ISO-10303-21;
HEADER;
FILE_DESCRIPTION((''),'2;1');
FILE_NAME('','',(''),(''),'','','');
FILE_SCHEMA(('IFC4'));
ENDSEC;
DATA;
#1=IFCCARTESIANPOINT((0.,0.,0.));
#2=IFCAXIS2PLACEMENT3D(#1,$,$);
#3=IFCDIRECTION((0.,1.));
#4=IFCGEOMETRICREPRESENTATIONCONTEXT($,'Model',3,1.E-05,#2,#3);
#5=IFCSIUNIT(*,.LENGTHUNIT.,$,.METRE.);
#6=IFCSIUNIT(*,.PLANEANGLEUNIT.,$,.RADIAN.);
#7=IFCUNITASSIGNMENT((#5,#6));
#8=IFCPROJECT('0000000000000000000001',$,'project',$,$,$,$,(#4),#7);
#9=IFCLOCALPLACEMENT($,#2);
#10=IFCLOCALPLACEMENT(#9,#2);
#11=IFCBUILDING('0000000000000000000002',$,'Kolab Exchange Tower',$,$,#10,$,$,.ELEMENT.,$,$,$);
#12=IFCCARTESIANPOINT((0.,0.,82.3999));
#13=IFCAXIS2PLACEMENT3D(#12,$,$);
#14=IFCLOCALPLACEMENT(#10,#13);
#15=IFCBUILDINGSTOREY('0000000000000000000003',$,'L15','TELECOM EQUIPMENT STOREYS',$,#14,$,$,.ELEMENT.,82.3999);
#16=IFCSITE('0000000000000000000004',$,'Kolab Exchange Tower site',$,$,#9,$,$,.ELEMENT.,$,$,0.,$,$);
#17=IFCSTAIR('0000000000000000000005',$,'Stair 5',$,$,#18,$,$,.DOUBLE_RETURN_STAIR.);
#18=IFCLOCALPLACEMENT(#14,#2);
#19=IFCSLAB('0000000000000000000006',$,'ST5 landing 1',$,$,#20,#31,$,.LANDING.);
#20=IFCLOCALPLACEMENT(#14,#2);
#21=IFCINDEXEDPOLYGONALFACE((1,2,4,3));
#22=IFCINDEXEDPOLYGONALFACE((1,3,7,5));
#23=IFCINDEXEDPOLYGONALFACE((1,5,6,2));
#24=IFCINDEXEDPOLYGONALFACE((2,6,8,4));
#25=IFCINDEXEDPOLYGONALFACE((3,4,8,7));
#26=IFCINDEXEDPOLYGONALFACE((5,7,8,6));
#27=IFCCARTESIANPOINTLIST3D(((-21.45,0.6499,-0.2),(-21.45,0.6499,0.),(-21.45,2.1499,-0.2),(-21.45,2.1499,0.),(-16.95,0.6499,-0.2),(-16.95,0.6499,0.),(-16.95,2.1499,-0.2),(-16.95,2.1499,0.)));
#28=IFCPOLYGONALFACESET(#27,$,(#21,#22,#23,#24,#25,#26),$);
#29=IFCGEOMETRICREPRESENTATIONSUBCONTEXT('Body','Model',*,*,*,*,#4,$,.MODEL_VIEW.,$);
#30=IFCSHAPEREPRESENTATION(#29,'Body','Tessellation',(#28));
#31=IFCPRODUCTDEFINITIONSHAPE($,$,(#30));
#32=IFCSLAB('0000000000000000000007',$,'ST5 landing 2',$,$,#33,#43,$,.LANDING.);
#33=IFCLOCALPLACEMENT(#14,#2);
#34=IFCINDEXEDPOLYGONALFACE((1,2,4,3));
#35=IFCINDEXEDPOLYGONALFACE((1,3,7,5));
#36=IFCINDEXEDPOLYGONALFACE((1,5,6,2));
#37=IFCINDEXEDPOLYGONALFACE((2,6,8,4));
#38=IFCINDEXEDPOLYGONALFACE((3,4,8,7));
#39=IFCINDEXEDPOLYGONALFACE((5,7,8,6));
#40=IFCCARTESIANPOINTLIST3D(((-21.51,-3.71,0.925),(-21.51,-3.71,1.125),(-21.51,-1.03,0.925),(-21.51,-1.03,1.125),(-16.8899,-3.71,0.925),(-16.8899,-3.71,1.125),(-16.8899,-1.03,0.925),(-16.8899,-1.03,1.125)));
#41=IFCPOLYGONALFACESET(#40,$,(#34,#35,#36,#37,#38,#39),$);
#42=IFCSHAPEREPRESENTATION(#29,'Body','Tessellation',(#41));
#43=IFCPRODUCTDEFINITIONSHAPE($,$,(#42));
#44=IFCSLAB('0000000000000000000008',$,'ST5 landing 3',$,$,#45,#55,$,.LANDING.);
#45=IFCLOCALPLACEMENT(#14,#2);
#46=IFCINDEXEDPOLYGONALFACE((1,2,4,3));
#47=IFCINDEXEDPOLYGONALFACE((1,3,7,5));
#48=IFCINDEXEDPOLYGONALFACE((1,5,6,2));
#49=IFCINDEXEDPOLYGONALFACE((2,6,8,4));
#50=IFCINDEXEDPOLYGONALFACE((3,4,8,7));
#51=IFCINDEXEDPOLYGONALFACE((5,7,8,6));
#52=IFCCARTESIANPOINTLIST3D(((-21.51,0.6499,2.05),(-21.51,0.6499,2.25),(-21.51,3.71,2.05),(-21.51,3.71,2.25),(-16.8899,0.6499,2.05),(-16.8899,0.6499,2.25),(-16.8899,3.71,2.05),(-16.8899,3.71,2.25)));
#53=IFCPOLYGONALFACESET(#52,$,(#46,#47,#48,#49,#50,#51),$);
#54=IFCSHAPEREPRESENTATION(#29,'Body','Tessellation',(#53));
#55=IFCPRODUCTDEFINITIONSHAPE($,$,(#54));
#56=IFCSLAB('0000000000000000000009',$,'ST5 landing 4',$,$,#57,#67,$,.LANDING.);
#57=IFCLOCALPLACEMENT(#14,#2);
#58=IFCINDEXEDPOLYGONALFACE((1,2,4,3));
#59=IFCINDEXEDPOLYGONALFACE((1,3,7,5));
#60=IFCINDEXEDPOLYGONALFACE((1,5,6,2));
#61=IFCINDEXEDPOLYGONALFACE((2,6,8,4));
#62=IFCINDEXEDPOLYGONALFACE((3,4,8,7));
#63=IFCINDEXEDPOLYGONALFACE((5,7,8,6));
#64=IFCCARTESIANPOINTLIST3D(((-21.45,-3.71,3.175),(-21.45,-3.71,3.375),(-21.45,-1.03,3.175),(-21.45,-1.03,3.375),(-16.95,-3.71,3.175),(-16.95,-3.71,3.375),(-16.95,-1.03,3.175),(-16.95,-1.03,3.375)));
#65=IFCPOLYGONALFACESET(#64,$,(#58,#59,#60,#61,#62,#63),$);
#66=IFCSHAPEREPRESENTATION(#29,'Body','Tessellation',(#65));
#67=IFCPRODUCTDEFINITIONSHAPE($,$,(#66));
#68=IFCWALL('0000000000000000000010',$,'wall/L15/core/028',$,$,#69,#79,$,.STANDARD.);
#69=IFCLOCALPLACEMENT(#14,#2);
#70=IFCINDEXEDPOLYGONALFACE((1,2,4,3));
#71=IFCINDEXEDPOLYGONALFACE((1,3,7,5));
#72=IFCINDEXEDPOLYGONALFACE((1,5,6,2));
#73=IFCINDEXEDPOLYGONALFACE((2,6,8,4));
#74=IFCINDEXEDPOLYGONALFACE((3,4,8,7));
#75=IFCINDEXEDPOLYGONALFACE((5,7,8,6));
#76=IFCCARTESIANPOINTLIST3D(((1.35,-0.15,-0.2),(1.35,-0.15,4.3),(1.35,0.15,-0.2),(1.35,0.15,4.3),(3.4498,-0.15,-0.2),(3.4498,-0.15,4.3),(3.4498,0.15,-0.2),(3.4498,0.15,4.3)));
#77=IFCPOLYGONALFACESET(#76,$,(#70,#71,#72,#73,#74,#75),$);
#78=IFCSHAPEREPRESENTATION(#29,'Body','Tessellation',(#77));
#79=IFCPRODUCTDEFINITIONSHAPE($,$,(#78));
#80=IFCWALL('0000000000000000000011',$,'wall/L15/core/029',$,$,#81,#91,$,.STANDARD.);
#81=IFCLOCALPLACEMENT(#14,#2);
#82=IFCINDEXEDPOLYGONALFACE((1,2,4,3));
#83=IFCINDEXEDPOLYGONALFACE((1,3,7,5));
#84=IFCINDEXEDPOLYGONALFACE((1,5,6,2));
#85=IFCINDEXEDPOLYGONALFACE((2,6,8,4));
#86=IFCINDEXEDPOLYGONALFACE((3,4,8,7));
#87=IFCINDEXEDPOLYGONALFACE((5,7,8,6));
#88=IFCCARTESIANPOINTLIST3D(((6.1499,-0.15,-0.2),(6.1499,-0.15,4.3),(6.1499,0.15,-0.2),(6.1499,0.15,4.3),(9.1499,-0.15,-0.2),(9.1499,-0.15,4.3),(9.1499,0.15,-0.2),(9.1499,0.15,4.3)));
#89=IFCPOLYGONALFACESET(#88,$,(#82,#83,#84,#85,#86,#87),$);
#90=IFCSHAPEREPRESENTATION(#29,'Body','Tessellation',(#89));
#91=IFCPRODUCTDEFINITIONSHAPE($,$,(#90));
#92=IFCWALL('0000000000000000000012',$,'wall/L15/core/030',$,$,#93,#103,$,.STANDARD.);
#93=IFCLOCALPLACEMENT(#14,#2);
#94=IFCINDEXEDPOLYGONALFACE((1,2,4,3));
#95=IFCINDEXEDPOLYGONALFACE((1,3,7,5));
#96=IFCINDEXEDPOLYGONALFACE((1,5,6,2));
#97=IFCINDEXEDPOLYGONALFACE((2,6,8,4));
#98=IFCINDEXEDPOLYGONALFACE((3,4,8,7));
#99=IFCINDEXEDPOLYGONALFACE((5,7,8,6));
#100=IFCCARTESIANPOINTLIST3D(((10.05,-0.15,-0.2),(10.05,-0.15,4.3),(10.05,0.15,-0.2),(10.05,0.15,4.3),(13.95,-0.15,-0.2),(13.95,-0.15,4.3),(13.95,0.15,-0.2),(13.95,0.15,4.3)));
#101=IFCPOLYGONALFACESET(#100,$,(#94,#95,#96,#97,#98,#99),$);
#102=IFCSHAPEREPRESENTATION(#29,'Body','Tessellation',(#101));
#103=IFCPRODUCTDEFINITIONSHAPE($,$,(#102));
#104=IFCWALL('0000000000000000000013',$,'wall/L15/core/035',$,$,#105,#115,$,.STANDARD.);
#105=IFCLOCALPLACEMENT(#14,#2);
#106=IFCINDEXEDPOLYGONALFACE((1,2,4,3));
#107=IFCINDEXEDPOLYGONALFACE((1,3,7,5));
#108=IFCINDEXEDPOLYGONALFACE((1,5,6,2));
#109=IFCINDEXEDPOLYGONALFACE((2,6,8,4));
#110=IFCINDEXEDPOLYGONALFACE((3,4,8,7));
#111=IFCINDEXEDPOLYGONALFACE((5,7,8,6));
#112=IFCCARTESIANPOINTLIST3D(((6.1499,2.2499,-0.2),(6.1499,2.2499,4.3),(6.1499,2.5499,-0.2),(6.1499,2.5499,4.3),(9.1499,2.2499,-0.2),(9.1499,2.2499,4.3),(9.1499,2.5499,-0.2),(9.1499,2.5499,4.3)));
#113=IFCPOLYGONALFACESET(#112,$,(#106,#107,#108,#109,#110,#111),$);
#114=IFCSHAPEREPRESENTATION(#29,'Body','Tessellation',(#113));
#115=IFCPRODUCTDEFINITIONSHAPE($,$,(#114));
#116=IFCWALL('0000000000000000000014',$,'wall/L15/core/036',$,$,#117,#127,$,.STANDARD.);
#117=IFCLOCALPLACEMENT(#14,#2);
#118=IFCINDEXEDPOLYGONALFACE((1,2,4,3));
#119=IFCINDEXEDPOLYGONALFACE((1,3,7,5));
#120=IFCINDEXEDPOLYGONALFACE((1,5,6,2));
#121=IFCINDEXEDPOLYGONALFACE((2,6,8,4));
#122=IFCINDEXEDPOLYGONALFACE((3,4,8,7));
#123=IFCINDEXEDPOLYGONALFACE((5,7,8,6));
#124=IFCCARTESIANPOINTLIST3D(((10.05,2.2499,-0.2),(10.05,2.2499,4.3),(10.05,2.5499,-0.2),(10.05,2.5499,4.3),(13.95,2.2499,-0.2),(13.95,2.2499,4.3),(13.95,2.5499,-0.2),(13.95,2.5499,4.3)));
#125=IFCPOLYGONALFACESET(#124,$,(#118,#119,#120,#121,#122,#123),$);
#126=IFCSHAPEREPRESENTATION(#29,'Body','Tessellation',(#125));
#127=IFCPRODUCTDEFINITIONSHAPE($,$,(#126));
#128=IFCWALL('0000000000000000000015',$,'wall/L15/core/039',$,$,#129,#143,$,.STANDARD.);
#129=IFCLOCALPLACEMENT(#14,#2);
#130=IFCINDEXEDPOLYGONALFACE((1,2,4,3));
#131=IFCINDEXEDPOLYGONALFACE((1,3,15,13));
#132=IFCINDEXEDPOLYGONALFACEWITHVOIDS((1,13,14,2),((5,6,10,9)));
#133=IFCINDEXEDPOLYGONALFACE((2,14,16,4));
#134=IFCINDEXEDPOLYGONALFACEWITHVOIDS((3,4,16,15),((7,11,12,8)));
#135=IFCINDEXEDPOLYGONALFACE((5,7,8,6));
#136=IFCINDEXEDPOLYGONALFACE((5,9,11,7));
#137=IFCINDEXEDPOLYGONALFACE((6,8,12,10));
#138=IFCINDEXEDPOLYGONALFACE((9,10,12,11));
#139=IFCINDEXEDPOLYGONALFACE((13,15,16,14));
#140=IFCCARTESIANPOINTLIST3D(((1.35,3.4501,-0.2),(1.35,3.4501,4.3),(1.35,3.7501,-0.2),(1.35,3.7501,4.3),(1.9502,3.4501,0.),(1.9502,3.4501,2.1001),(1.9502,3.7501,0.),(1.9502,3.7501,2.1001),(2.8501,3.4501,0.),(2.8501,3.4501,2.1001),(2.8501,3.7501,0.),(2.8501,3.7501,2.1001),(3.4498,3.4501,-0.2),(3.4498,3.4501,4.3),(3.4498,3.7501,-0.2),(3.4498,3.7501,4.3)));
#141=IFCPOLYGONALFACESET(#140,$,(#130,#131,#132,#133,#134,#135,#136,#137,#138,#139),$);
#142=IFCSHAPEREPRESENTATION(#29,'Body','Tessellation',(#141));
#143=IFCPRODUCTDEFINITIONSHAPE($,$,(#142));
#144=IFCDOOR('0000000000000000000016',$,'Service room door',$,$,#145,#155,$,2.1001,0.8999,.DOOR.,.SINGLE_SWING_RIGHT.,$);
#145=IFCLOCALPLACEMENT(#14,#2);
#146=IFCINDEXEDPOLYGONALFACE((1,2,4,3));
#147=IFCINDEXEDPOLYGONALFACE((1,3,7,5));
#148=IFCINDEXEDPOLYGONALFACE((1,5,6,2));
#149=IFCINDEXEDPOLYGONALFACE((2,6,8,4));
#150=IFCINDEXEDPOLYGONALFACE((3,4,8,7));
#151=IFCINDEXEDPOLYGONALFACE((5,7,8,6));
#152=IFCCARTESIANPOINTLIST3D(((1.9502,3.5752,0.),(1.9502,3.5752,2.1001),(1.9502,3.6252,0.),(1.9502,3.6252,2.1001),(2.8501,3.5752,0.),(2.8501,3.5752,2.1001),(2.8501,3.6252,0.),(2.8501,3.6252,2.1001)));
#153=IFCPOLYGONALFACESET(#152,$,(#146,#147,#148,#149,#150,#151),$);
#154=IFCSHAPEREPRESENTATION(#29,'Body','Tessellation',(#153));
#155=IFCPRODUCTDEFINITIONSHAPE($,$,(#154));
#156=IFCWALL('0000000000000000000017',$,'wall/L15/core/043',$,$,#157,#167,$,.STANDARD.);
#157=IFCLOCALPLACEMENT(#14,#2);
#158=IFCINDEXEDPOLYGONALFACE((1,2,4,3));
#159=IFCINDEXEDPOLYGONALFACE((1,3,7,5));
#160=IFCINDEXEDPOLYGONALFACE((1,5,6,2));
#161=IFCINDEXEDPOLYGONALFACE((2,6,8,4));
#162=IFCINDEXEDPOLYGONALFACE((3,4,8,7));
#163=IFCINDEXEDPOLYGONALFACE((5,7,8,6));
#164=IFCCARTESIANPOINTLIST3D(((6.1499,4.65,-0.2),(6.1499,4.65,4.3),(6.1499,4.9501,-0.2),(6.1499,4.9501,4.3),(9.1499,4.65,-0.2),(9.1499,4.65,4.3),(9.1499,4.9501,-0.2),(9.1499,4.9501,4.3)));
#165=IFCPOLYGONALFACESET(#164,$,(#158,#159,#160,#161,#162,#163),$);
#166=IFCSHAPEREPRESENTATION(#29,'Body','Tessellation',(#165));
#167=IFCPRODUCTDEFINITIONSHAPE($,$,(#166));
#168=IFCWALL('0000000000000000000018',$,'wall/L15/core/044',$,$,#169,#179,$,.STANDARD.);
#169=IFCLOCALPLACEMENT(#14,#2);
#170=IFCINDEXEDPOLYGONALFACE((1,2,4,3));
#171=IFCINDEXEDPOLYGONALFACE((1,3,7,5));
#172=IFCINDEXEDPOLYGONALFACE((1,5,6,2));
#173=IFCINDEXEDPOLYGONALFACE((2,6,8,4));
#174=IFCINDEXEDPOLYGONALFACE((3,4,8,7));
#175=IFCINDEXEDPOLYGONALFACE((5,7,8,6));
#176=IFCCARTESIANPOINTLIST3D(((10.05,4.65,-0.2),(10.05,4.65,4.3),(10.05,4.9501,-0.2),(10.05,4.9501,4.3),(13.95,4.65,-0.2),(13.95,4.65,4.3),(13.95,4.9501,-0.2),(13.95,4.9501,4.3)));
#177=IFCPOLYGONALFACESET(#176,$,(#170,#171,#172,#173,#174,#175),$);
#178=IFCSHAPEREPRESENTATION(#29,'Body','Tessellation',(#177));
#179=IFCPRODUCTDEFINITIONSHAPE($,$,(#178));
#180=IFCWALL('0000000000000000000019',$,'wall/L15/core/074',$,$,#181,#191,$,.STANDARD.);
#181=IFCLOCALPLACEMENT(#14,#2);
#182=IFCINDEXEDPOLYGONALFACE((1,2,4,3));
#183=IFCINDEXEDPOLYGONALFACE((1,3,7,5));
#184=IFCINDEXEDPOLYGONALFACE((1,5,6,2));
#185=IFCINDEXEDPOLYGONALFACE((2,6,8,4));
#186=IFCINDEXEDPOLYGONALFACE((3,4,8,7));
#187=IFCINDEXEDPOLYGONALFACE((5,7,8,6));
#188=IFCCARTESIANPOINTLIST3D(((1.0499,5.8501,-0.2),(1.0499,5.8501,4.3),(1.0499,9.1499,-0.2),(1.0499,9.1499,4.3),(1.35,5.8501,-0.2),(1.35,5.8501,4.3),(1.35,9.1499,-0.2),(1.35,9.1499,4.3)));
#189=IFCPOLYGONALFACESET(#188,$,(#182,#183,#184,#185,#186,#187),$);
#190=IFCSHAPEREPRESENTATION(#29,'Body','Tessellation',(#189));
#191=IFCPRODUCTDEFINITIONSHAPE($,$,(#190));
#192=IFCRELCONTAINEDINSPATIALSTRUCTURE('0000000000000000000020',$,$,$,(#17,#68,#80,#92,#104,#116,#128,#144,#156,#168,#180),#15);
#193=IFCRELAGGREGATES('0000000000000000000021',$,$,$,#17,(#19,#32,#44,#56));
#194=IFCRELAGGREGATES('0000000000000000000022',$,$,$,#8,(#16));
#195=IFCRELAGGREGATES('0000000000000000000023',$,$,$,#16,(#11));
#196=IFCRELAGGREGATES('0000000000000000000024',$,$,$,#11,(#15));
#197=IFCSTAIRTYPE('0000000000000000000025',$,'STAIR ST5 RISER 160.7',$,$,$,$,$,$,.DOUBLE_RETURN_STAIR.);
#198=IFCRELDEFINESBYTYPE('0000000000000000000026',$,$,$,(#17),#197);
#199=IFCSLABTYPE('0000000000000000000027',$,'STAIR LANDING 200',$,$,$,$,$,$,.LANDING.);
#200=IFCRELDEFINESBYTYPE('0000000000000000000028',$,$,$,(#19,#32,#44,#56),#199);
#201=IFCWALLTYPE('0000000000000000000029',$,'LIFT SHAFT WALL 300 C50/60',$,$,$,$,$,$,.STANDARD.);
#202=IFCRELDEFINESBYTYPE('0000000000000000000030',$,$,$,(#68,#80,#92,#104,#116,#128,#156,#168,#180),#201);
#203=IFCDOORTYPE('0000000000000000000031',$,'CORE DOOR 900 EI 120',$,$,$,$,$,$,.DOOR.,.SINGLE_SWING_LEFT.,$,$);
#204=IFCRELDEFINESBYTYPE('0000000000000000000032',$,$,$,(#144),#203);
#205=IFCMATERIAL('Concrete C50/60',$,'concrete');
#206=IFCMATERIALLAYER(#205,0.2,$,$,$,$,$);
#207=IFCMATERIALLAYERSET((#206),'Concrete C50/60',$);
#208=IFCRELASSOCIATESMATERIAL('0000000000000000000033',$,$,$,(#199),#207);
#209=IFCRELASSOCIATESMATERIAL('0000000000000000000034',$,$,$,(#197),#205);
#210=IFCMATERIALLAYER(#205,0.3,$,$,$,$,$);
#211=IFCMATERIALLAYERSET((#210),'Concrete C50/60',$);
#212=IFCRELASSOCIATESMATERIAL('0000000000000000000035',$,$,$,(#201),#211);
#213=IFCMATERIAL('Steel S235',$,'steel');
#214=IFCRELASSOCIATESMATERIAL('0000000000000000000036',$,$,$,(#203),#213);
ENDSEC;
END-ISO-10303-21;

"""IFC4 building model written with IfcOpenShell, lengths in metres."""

from ifc_helpers import new_model, si_unit, direction, frame, frame_2d, origin, place, context, subcontext, project, spatial, polyline, rectangle, outline, extrude, material, layer, layer_set, type_object, element, fill, aggregate, save


model = new_model("IFC4")

# Units and contexts
model_context = context("Model", 3, precision=1e-05, world=origin(), true_north=direction((0.0, 1.0)))
body_context = subcontext(model_context, "Body", "Model", "MODEL_VIEW")
ifc_project = project(units=[si_unit("LENGTHUNIT", "METRE"), si_unit("PLANEANGLEUNIT", "RADIAN")], contexts=[model_context])

# Site, building, storey
site_placement = place(None, origin())
site = spatial("IfcSite", under=ifc_project, at=site_placement, Name="Kolab Exchange Tower site", CompositionType="ELEMENT", RefElevation=0.0)
building_placement = place(site_placement, origin())
building = spatial("IfcBuilding", under=site, at=building_placement, Name="Kolab Exchange Tower", CompositionType="ELEMENT")
storey_placement = place(building_placement, frame((0.0, 0.0, 82.3999)))
storey = spatial("IfcBuildingStorey", under=building, at=storey_placement, Name="L15", Description="TELECOM EQUIPMENT STOREYS", CompositionType="ELEMENT", Elevation=82.3999)

# Stair, slabs
ifc_material_1 = material(Name="Concrete C50/60", Category="concrete")
ifc_layer_1 = layer(ifc_material_1, 0.2)
ifc_layer_set_1 = layer_set([ifc_layer_1], Name="Concrete C50/60")
slab_type_1 = type_object("IfcSlabType", Name="STAIR LANDING 200", PredefinedType="LANDING", material=ifc_layer_set_1)
stair_type_1 = type_object("IfcStairType", Name="STAIR ST5 RISER 160.7", PredefinedType="DOUBLE_RETURN_STAIR", material=ifc_material_1)
stair_1_placement = place(storey_placement, origin())
stair_1 = element("IfcStair", 1, at=stair_1_placement, inside=storey, type_object=stair_type_1, Name="Stair 5", PredefinedType="DOUBLE_RETURN_STAIR")
slab_1_placement = place(storey_placement, frame((0.0, 0.0, -0.2)))
slab_1 = element("IfcSlab", 2, at=slab_1_placement, type_object=slab_type_1, Name="ST5 landing 1", PredefinedType="LANDING", context=body_context, shape_type="SweptSolid", body=[
    extrude(outline(polyline([(-21.45, 0.6499), (-16.95, 0.6499), (-16.95, 2.1499), (-21.45, 2.1499), (-21.45, 0.6499)])), origin(), (0.0, 0.0, 1.0), 0.2),
])
slab_2_placement = place(storey_placement, frame((0.0, 0.0, 0.925)))
slab_2 = element("IfcSlab", 3, at=slab_2_placement, type_object=slab_type_1, Name="ST5 landing 2", PredefinedType="LANDING", context=body_context, shape_type="SweptSolid", body=[
    extrude(outline(polyline([(-21.51, -3.71), (-16.8899, -3.71), (-16.8899, -1.03), (-21.51, -1.03), (-21.51, -3.71)])), origin(), (0.0, 0.0, 1.0), 0.2),
])
slab_3_placement = place(storey_placement, frame((0.0, 0.0, 2.05)))
slab_3 = element("IfcSlab", 4, at=slab_3_placement, type_object=slab_type_1, Name="ST5 landing 3", PredefinedType="LANDING", context=body_context, shape_type="SweptSolid", body=[
    extrude(outline(polyline([(-21.51, 0.6499), (-16.8899, 0.6499), (-16.8899, 3.71), (-21.51, 3.71), (-21.51, 0.6499)])), origin(), (0.0, 0.0, 1.0), 0.2),
])
slab_4_placement = place(storey_placement, frame((0.0, 0.0, 3.175)))
slab_4 = element("IfcSlab", 5, at=slab_4_placement, type_object=slab_type_1, Name="ST5 landing 4", PredefinedType="LANDING", context=body_context, shape_type="SweptSolid", body=[
    extrude(outline(polyline([(-21.45, -3.71), (-16.95, -3.71), (-16.95, -1.03), (-21.45, -1.03), (-21.45, -3.71)])), origin(), (0.0, 0.0, 1.0), 0.2),
])
aggregate(stair_1, [slab_1, slab_2, slab_3, slab_4])

# Walls
ifc_layer_2 = layer(ifc_material_1, 0.3)
ifc_layer_set_2 = layer_set([ifc_layer_2], Name="Concrete C50/60")
wall_type = type_object("IfcWallType", Name="LIFT SHAFT WALL 300 C50/60", PredefinedType="STANDARD", material=ifc_layer_set_2)
wall_1_placement = place(storey_placement, frame((1.3501, 0.0, -0.2), z_axis=(0.0, 0.0, 1.0), x_axis=(1.0, 0.0, 0.0)))
element("IfcWall", 6, at=wall_1_placement, inside=storey, type_object=wall_type, Name="wall/L15/core/028", PredefinedType="STANDARD", context=body_context, shape_type="SweptSolid", body=[
    extrude(rectangle(XDim=2.0999, YDim=0.3, at=frame_2d((1.0498, 0.0))), origin(), (0.0, 0.0, 1.0), 4.5),
])
wall_2_placement = place(storey_placement, frame((6.1499, 0.0, -0.2), z_axis=(0.0, 0.0, 1.0), x_axis=(1.0, 0.0, 0.0)))
element("IfcWall", 7, at=wall_2_placement, inside=storey, type_object=wall_type, Name="wall/L15/core/029", PredefinedType="STANDARD", context=body_context, shape_type="SweptSolid", body=[
    extrude(rectangle(XDim=3.0, YDim=0.3, at=frame_2d((1.5, 0.0))), origin(), (0.0, 0.0, 1.0), 4.5),
])
wall_3_placement = place(storey_placement, frame((10.05, 0.0, -0.2), z_axis=(0.0, 0.0, 1.0), x_axis=(1.0, 0.0, 0.0)))
element("IfcWall", 8, at=wall_3_placement, inside=storey, type_object=wall_type, Name="wall/L15/core/030", PredefinedType="STANDARD", context=body_context, shape_type="SweptSolid", body=[
    extrude(rectangle(XDim=3.8999, YDim=0.3, at=frame_2d((1.95, 0.0))), origin(), (0.0, 0.0, 1.0), 4.5),
])
wall_4_placement = place(storey_placement, frame((6.1499, 2.3999, -0.2), z_axis=(0.0, 0.0, 1.0), x_axis=(1.0, 0.0, 0.0)))
element("IfcWall", 9, at=wall_4_placement, inside=storey, type_object=wall_type, Name="wall/L15/core/035", PredefinedType="STANDARD", context=body_context, shape_type="SweptSolid", body=[
    extrude(rectangle(XDim=3.0, YDim=0.3, at=frame_2d((1.5, 0.0))), origin(), (0.0, 0.0, 1.0), 4.5),
])
wall_5_placement = place(storey_placement, frame((10.05, 2.3999, -0.2), z_axis=(0.0, 0.0, 1.0), x_axis=(1.0, 0.0, 0.0)))
element("IfcWall", 10, at=wall_5_placement, inside=storey, type_object=wall_type, Name="wall/L15/core/036", PredefinedType="STANDARD", context=body_context, shape_type="SweptSolid", body=[
    extrude(rectangle(XDim=3.8999, YDim=0.3, at=frame_2d((1.95, 0.0))), origin(), (0.0, 0.0, 1.0), 4.5),
])

# Wall, opening, door
wall_6_placement = place(storey_placement, frame((1.3501, 3.6001, -0.2), z_axis=(0.0, 0.0, 1.0), x_axis=(1.0, 0.0, 0.0)))
wall_6 = element("IfcWall", 11, at=wall_6_placement, inside=storey, type_object=wall_type, Name="wall/L15/core/039", PredefinedType="STANDARD", context=body_context, shape_type="SweptSolid", body=[
    extrude(rectangle(XDim=2.0999, YDim=0.3, at=frame_2d((1.0498, 0.0))), origin(), (0.0, 0.0, 1.0), 4.5),
])
opening_placement = place(wall_6_placement, frame((0.6001, 0.0, 0.2)))
opening = element("IfcOpeningElement", 12, at=opening_placement, cuts=wall_6, PredefinedType="OPENING", context=body_context, shape_type="SweptSolid", body=[
    extrude(rectangle(XDim=0.8999, YDim=2.1001, at=frame_2d((0.45, 1.05))), frame((0.0, 0.1602, 0.0), z_axis=(0.0, -1.0, 0.0), x_axis=(1.0, 0.0, 0.0)), (0.0, 0.0, 1.0), 0.3201),
])
ifc_material_2 = material(Name="Steel S235", Category="steel")
door_type = type_object("IfcDoorType", Name="CORE DOOR 900 EI 120", OperationType="SINGLE_SWING_LEFT", PredefinedType="DOOR", material=ifc_material_2)
door_placement = place(opening_placement, frame((0.8999, 0.0, 0.0), z_axis=(0.0, 0.0, 1.0), x_axis=(-1.0, 0.0, 0.0)))
door = element("IfcDoor", 13, at=door_placement, inside=storey, type_object=door_type, Name="Service room door", OperationType="SINGLE_SWING_RIGHT", OverallHeight=2.1001, OverallWidth=0.8999, PredefinedType="DOOR", context=body_context, shape_type="SweptSolid", body=[
    extrude(rectangle(XDim=0.8999, YDim=2.1001, at=frame_2d((0.45, 1.05))), frame((0.0, 0.0249, 0.0), z_axis=(0.0, -1.0, 0.0), x_axis=(1.0, 0.0, 0.0)), (0.0, 0.0, 1.0), 0.05),
])
fill(opening, door)

# Walls
wall_7_placement = place(storey_placement, frame((6.1499, 4.8, -0.2), z_axis=(0.0, 0.0, 1.0), x_axis=(1.0, 0.0, 0.0)))
element("IfcWall", 14, at=wall_7_placement, inside=storey, type_object=wall_type, Name="wall/L15/core/043", PredefinedType="STANDARD", context=body_context, shape_type="SweptSolid", body=[
    extrude(rectangle(XDim=3.0, YDim=0.3, at=frame_2d((1.5, 0.0))), origin(), (0.0, 0.0, 1.0), 4.5),
])
wall_8_placement = place(storey_placement, frame((10.05, 4.8, -0.2), z_axis=(0.0, 0.0, 1.0), x_axis=(1.0, 0.0, 0.0)))
element("IfcWall", 15, at=wall_8_placement, inside=storey, type_object=wall_type, Name="wall/L15/core/044", PredefinedType="STANDARD", context=body_context, shape_type="SweptSolid", body=[
    extrude(rectangle(XDim=3.8999, YDim=0.3, at=frame_2d((1.95, 0.0))), origin(), (0.0, 0.0, 1.0), 4.5),
])
for number, where, z_axis, x_axis, name in (
    (16, (1.2, 5.8501, -0.2), (0.0, 0.0, 1.0), (0.0, 1.0, 0.0), "wall/L15/core/074"),
):
    element("IfcWall", number, at=place(storey_placement, frame(where, z_axis=z_axis, x_axis=x_axis)), inside=storey, type_object=wall_type, Name=name, PredefinedType="STANDARD", context=body_context, shape_type="SweptSolid", body=[
        extrude(rectangle(XDim=3.2998, YDim=0.3, at=frame_2d((1.6499, 0.0))), origin(), (0.0, 0.0, 1.0), 4.5),
    ])

save(model, "model.ifc")
